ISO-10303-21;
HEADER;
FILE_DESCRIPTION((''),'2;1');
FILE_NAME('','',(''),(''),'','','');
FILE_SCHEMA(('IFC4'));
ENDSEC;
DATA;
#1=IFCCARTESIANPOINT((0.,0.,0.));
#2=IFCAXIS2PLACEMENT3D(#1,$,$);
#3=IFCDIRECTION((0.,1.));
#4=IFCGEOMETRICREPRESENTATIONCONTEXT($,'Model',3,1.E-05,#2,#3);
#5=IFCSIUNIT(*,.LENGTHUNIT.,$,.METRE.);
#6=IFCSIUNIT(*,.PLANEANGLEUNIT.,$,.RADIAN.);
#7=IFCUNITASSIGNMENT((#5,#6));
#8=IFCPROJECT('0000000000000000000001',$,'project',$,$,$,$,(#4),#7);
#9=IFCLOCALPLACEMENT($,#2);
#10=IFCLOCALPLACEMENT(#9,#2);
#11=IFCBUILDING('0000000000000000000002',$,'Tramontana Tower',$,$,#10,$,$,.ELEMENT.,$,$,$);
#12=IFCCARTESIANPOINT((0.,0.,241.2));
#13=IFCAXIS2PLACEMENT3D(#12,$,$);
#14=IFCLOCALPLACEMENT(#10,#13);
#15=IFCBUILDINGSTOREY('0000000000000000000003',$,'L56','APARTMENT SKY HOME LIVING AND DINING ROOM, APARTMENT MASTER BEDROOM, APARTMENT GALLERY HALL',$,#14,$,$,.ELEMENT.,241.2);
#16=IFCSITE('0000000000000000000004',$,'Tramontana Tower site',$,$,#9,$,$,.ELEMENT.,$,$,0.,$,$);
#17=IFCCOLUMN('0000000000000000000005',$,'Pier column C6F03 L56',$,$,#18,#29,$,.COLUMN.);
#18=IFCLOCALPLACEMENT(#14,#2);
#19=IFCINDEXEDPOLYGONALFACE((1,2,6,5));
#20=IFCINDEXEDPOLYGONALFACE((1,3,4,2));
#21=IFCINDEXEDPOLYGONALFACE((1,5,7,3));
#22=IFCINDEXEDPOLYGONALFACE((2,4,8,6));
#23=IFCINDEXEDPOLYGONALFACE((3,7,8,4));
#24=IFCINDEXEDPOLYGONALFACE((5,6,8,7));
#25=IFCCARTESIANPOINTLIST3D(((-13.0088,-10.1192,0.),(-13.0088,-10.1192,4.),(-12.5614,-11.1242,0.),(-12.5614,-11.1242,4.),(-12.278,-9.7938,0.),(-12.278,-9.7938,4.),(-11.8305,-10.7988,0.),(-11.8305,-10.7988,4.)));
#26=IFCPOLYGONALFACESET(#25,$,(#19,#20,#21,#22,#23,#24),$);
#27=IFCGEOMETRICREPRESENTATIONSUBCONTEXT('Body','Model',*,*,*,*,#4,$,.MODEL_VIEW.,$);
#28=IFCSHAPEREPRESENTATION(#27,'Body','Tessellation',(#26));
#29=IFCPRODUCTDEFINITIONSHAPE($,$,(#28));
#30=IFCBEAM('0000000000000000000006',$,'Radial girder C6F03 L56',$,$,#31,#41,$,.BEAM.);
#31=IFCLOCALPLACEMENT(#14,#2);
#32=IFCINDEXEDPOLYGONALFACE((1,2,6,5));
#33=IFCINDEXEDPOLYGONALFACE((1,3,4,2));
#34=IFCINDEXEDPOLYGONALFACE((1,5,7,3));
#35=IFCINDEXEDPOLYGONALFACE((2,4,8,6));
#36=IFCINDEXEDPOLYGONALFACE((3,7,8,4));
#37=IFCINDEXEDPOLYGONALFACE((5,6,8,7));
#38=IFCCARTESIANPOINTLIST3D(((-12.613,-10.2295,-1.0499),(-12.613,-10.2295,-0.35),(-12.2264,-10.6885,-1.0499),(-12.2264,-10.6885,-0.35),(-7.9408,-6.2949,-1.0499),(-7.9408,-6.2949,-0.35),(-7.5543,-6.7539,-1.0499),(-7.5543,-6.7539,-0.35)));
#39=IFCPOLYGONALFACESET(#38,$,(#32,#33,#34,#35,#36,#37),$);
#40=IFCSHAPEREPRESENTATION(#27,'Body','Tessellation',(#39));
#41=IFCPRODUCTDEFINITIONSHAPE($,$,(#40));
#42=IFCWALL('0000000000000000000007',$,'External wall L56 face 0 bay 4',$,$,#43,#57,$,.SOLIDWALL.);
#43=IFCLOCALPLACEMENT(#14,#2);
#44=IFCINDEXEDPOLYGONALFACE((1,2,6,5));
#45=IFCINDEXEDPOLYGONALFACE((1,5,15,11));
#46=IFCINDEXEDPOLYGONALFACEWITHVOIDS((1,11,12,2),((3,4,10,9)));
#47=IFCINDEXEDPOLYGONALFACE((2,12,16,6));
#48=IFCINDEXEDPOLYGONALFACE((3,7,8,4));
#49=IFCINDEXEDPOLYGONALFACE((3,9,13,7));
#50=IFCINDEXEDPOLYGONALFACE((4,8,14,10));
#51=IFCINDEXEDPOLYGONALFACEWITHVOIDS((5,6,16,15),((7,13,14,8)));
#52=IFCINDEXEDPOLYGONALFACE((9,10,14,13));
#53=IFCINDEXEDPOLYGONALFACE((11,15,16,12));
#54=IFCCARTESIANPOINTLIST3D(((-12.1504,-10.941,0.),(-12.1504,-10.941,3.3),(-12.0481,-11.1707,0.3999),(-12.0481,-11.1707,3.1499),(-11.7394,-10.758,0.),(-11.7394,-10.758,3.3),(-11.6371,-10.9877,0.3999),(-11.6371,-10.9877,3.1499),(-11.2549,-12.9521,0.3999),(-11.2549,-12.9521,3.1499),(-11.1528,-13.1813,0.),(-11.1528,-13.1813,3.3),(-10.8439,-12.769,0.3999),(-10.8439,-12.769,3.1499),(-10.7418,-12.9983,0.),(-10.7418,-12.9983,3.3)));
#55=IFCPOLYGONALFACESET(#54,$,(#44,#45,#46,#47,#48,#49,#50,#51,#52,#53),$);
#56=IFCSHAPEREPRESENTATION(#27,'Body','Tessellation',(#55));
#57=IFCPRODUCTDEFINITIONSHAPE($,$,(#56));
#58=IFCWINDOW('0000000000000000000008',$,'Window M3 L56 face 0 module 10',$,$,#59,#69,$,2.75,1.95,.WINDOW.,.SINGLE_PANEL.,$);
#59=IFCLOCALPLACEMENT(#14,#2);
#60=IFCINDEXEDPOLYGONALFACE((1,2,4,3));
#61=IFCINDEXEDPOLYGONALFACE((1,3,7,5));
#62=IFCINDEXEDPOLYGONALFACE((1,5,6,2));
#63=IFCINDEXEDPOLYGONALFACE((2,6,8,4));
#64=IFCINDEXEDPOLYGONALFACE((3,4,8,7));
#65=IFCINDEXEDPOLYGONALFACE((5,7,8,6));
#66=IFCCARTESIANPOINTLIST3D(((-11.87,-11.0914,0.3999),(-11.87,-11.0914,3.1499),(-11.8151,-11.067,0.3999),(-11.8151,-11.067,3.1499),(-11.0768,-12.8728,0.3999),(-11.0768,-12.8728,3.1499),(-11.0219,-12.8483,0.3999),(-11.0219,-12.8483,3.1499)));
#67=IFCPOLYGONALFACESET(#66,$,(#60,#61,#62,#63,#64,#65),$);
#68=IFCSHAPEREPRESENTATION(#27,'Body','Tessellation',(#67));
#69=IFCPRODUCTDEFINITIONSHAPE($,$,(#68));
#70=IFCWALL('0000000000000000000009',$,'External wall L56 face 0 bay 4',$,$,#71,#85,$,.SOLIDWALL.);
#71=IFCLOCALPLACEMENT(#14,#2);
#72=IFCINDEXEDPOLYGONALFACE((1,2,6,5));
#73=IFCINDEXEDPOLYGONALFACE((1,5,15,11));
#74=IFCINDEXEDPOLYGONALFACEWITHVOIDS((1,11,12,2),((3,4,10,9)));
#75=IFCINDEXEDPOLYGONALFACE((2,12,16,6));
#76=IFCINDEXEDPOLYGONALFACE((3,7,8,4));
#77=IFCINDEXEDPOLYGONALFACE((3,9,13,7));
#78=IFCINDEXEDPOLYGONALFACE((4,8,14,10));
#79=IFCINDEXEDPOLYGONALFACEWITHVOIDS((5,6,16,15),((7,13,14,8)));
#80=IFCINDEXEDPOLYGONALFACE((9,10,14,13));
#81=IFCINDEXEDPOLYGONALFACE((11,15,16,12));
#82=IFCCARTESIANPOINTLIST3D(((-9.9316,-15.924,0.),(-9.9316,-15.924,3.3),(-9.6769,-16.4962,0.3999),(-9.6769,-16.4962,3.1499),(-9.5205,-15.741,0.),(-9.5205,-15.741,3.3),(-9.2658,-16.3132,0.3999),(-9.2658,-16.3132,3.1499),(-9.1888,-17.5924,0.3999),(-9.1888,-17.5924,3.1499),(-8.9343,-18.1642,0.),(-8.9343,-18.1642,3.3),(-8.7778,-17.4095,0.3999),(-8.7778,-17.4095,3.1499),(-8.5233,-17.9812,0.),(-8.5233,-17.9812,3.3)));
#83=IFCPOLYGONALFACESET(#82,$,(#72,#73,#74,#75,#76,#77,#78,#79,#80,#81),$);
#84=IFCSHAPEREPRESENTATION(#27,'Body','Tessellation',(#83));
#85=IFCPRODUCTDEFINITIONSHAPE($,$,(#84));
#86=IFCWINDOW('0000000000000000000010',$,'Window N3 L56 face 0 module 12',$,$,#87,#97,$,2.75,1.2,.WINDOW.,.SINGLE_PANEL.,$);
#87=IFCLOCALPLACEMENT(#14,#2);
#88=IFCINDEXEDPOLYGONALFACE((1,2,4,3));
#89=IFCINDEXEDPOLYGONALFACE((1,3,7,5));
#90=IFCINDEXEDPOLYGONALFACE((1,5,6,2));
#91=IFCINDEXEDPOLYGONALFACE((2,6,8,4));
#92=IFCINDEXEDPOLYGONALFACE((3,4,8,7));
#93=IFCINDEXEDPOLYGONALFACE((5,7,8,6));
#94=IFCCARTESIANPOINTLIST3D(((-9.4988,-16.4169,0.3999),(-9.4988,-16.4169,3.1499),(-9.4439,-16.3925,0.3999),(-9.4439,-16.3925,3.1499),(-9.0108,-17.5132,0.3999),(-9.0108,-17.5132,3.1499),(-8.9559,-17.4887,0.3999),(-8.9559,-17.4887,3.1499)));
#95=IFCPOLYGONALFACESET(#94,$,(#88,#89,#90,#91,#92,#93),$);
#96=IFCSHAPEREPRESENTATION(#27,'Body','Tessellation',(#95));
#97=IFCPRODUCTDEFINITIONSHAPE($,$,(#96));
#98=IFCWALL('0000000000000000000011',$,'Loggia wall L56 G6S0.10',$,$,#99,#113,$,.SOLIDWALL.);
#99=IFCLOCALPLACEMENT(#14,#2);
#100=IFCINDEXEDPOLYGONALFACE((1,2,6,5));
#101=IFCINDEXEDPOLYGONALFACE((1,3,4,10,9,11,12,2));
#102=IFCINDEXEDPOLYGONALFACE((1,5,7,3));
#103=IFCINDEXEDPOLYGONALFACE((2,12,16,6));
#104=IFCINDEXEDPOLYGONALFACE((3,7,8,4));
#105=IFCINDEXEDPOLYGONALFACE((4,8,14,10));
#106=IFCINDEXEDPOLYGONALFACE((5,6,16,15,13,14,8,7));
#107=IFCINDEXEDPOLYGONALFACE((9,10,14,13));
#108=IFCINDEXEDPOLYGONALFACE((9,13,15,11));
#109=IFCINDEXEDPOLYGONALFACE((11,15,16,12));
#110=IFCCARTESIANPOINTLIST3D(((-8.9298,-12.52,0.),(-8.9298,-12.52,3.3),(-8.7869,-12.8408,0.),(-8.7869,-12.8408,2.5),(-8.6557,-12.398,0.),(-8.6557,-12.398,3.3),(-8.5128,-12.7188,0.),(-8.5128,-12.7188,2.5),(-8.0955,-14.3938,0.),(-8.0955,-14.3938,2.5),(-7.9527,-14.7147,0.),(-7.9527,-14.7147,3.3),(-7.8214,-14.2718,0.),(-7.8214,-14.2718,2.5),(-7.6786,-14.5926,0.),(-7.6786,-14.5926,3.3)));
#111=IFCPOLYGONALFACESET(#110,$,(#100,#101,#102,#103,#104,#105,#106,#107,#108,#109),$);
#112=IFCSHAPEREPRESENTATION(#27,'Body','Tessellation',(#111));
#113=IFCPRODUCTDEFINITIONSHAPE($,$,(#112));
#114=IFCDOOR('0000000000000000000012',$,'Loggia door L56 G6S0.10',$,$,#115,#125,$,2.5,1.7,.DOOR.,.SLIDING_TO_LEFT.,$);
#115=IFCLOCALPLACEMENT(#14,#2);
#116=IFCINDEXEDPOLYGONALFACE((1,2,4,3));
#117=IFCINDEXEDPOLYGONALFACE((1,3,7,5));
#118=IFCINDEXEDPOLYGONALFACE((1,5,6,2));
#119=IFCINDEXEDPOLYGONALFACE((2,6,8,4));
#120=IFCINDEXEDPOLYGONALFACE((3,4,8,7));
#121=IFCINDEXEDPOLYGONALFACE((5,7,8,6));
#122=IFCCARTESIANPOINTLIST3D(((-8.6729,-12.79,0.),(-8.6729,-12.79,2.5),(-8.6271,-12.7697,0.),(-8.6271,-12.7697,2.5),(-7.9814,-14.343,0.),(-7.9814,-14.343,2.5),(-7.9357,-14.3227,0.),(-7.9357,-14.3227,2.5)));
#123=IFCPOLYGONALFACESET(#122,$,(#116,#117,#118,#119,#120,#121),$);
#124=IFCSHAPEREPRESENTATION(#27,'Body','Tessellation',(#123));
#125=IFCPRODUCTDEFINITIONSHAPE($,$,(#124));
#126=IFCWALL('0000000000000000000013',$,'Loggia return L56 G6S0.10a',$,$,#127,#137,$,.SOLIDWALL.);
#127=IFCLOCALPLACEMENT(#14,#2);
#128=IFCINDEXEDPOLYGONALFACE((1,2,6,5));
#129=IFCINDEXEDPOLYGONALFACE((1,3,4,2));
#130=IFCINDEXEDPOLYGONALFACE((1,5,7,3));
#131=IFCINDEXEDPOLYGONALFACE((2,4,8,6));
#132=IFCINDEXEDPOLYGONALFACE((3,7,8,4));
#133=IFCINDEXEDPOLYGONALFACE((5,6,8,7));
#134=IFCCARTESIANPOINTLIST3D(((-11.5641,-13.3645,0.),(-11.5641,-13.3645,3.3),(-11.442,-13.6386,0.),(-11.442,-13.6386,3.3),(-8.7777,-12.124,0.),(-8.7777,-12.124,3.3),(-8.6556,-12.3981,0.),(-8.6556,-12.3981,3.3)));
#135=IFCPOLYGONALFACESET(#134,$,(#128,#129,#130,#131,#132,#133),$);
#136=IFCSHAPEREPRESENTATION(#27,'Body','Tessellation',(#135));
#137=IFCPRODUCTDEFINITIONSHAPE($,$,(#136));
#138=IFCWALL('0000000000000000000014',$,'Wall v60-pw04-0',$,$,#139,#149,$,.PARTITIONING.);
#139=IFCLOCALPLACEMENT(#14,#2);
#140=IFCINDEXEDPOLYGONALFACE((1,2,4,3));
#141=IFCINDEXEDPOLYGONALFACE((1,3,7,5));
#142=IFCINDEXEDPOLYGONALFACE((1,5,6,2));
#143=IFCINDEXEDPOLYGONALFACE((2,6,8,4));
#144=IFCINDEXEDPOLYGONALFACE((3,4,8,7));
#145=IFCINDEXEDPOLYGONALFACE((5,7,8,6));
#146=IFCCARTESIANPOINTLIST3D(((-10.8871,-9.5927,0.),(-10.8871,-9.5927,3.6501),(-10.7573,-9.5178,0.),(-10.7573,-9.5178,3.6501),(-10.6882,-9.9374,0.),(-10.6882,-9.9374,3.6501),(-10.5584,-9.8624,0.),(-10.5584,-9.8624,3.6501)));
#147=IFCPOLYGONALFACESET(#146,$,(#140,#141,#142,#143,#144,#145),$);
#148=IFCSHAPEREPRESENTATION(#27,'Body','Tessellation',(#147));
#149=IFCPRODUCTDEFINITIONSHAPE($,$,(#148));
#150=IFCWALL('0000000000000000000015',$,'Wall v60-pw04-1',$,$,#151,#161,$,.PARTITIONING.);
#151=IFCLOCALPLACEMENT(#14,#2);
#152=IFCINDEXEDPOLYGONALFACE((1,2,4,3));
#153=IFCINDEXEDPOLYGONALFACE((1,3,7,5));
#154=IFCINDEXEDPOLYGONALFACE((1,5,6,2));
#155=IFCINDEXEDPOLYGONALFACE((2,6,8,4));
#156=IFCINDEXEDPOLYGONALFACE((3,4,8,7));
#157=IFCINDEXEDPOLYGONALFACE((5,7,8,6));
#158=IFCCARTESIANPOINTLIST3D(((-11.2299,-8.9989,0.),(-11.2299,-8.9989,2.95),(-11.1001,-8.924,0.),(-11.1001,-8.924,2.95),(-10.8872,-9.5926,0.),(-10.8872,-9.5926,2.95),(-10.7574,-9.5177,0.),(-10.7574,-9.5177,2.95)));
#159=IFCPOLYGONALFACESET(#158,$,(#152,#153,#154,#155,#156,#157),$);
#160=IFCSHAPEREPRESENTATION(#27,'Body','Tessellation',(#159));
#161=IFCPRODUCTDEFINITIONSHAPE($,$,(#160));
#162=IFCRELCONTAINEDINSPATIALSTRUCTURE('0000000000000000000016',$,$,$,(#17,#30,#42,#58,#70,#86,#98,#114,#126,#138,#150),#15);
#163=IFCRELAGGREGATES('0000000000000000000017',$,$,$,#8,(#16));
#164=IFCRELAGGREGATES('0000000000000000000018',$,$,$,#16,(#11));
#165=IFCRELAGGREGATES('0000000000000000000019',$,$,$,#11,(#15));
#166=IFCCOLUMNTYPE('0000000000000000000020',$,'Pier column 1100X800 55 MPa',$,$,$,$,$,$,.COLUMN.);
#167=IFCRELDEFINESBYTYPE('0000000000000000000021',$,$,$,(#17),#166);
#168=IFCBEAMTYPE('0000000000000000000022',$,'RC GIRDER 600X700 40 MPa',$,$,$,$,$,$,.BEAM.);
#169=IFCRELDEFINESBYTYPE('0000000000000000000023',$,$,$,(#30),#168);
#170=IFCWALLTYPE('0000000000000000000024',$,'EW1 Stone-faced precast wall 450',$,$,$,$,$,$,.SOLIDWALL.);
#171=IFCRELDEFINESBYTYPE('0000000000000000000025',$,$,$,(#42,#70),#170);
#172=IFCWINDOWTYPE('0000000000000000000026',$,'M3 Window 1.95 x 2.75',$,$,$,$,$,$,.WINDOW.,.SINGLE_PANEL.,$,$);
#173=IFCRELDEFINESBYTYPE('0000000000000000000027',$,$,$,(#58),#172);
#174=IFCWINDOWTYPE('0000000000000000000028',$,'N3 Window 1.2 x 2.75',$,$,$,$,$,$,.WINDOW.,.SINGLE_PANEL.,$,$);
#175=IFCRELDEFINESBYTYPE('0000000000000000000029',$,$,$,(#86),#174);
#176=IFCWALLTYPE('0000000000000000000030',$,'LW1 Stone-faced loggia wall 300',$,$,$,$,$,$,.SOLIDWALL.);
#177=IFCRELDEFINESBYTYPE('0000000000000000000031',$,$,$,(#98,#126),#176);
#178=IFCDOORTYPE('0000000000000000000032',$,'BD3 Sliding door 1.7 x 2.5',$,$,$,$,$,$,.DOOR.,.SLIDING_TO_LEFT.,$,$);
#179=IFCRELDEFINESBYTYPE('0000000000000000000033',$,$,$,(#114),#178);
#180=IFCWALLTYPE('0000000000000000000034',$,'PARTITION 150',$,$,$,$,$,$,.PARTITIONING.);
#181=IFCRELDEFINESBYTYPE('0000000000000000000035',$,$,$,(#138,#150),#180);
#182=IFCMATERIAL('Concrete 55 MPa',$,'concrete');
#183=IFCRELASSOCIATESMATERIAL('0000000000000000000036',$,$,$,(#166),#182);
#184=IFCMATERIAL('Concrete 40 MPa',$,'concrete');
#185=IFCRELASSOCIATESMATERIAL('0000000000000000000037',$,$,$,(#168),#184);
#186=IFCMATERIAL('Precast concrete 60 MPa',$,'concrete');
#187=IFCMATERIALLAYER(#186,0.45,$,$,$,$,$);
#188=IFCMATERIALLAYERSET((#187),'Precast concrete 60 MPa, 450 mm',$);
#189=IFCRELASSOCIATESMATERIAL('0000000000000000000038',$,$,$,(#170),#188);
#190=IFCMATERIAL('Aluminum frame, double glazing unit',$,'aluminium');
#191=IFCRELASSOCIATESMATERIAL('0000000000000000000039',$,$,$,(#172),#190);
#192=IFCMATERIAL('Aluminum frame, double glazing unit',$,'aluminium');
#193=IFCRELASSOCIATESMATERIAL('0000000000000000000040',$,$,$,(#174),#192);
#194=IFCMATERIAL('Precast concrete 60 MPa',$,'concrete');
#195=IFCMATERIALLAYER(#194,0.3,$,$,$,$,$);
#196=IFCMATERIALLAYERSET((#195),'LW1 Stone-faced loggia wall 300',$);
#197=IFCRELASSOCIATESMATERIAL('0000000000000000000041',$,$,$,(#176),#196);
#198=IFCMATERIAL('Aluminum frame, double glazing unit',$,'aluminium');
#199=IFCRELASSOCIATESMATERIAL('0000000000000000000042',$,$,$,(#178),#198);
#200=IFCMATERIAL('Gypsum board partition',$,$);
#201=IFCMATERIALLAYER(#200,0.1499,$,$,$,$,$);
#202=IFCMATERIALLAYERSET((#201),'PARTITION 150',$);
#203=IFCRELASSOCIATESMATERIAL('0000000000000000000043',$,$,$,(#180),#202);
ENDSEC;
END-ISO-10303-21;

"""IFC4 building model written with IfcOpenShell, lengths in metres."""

from ifc_helpers import new_model, si_unit, direction, frame, frame_2d, origin, origin_2d, place, context, subcontext, project, spatial, rectangle, extrude, material, layer, layer_set, material_profile, profile_set, type_object, element, fill, save


model = new_model("IFC4")

# Units and contexts
model_context = context("Model", 3, precision=1e-05, world=origin(), true_north=direction((0.0, 1.0)))
body_context = subcontext(model_context, "Body", "Model", "MODEL_VIEW")
ifc_project = project(units=[si_unit("LENGTHUNIT", "METRE"), si_unit("PLANEANGLEUNIT", "RADIAN")], contexts=[model_context])

# Site, building, storey
site_placement = place(None, origin())
site = spatial("IfcSite", under=ifc_project, at=site_placement, Name="Tramontana Tower site", CompositionType="ELEMENT", RefElevation=0.0)
building_placement = place(site_placement, origin())
building = spatial("IfcBuilding", under=site, at=building_placement, Name="Tramontana Tower", CompositionType="ELEMENT")
storey_placement = place(building_placement, frame((0.0, 0.0, 241.2)))
storey = spatial("IfcBuildingStorey", under=building, at=storey_placement, Name="L56", Description="APARTMENT SKY HOME LIVING AND DINING ROOM, APARTMENT MASTER BEDROOM, APARTMENT GALLERY HALL", CompositionType="ELEMENT", Elevation=241.2)

# Column
ifc_material_1 = material(Name="Concrete 55 MPa", Category="concrete")
ifc_material_profile_1 = material_profile(ifc_material_1, rectangle(XDim=1.1001, YDim=0.8, at=origin_2d()), Name="Pier column 1100X800 55 MPa")
ifc_profile_set_1 = profile_set([ifc_material_profile_1], Name="Concrete 55 MPa")
column_type = type_object("IfcColumnType", Name="Pier column 1100X800 55 MPa", PredefinedType="COLUMN", material=ifc_profile_set_1)
column_placement = place(storey_placement, frame((-12.4197, -10.459, 0.0), z_axis=(0.0, 0.0, 1.0), x_axis=(0.406737, -0.913545, 0.0)))
element("IfcColumn", 1, at=column_placement, inside=storey, type_object=column_type, Name="Pier column C6F03 L56", PredefinedType="COLUMN", context=body_context, shape_type="SweptSolid", body=[
    extrude(rectangle(XDim=1.1001, YDim=0.8, at=origin_2d()), origin(), (0.0, 0.0, 1.0), 4.0),
])

# Beam
ifc_material_2 = material(Name="Concrete 40 MPa", Category="concrete")
ifc_material_profile_2 = material_profile(ifc_material_2, rectangle(XDim=0.6001, YDim=0.7, at=origin_2d()), Name="RC GIRDER 600X700 40 MPa")
ifc_profile_set_2 = profile_set([ifc_material_profile_2], Name="Concrete 40 MPa")
beam_type = type_object("IfcBeamType", Name="RC GIRDER 600X700 40 MPa", PredefinedType="BEAM", material=ifc_profile_set_2)
beam_placement = place(storey_placement, frame((-12.4197, -10.459, -0.7), z_axis=(0.764899, 0.644151, 0.0), x_axis=(-0.644151, 0.764899, 0.0)))
element("IfcBeam", 2, at=beam_placement, inside=storey, type_object=beam_type, Name="Radial girder C6F03 L56", PredefinedType="BEAM", context=body_context, shape_type="SweptSolid", body=[
    extrude(rectangle(XDim=0.6001, YDim=0.7, at=origin_2d()), origin(), (0.0, 0.0, 1.0), 6.1082),
])

# Walls, openings, windows
ifc_material_3 = material(Name="Precast concrete 60 MPa", Category="concrete")
ifc_layer_1 = layer(ifc_material_3, 0.45)
ifc_layer_set_1 = layer_set([ifc_layer_1], Name="Precast concrete 60 MPa, 450 mm")
wall_type_1 = type_object("IfcWallType", Name="EW1 Stone-faced precast wall 450", PredefinedType="SOLIDWALL", material=ifc_layer_set_1)
wall_1_placement = place(storey_placement, frame((-11.9448, -10.8496, 0.0), z_axis=(0.0, 0.0, 1.0), x_axis=(0.406785, -0.913524, 0.0)))
wall_1 = element("IfcWall", 3, at=wall_1_placement, inside=storey, type_object=wall_type_1, Name="External wall L56 face 0 bay 4", PredefinedType="SOLIDWALL", context=body_context, shape_type="SweptSolid", body=[
    extrude(rectangle(XDim=2.4524, YDim=0.45, at=frame_2d((1.2261, 0.0))), origin(), (0.0, 0.0, 1.0), 3.3),
])
opening_1_placement = place(wall_1_placement, frame((0.2512, 0.0, 0.3999)))
opening_1 = element("IfcOpeningElement", 4, at=opening_1_placement, cuts=wall_1, PredefinedType="OPENING", context=body_context, shape_type="SweptSolid", body=[
    extrude(rectangle(XDim=1.95, YDim=2.75, at=frame_2d((0.9751, 1.375))), frame((0.0, 0.2349, 0.0), z_axis=(0.0, -1.0, 0.0), x_axis=(1.0, 0.0, 0.0)), (0.0, 0.0, 1.0), 0.47),
])
ifc_material_4 = material(Name="Aluminum frame, double glazing unit", Category="aluminium")
window_type_1 = type_object("IfcWindowType", Name="M3 Window 1.95 x 2.75", PartitioningType="SINGLE_PANEL", PredefinedType="WINDOW", material=ifc_material_4)
window_1_placement = place(opening_1_placement, origin())
window_1 = element("IfcWindow", 5, at=window_1_placement, inside=storey, type_object=window_type_1, Name="Window M3 L56 face 0 module 10", OverallHeight=2.75, OverallWidth=1.95, PartitioningType="SINGLE_PANEL", PredefinedType="WINDOW", context=body_context, shape_type="SweptSolid", body=[
    extrude(rectangle(XDim=1.95, YDim=2.75, at=frame_2d((0.9751, 1.375))), frame((0.0, 0.03, 0.0), z_axis=(0.0, -1.0, 0.0), x_axis=(1.0, 0.0, 0.0)), (0.0, 0.0, 1.0), 0.0601),
])
fill(opening_1, window_1)
wall_2_placement = place(storey_placement, frame((-9.7261, -15.8325, 0.0), z_axis=(0.0, 0.0, 1.0), x_axis=(0.406702, -0.913561, 0.0)))
wall_2 = element("IfcWall", 6, at=wall_2_placement, inside=storey, type_object=wall_type_1, Name="External wall L56 face 0 bay 4", PredefinedType="SOLIDWALL", context=body_context, shape_type="SweptSolid", body=[
    extrude(rectangle(XDim=2.4521, YDim=0.45, at=frame_2d((1.2261, 0.0))), origin(), (0.0, 0.0, 1.0), 3.3),
])
opening_2_placement = place(wall_2_placement, frame((0.6262, 0.0, 0.3999)))
opening_2 = element("IfcOpeningElement", 7, at=opening_2_placement, cuts=wall_2, PredefinedType="OPENING", context=body_context, shape_type="SweptSolid", body=[
    extrude(rectangle(XDim=1.2, YDim=2.75, at=frame_2d((0.6001, 1.375))), frame((0.0, 0.2349, 0.0), z_axis=(0.0, -1.0, 0.0), x_axis=(1.0, 0.0, 0.0)), (0.0, 0.0, 1.0), 0.47),
])
ifc_material_5 = material(Name="Aluminum frame, double glazing unit", Category="aluminium")
window_type_2 = type_object("IfcWindowType", Name="N3 Window 1.2 x 2.75", PartitioningType="SINGLE_PANEL", PredefinedType="WINDOW", material=ifc_material_5)
window_2_placement = place(opening_2_placement, origin())
window_2 = element("IfcWindow", 8, at=window_2_placement, inside=storey, type_object=window_type_2, Name="Window N3 L56 face 0 module 12", OverallHeight=2.75, OverallWidth=1.2, PartitioningType="SINGLE_PANEL", PredefinedType="WINDOW", context=body_context, shape_type="SweptSolid", body=[
    extrude(rectangle(XDim=1.2, YDim=2.75, at=frame_2d((0.6001, 1.375))), frame((0.0, 0.03, 0.0), z_axis=(0.0, -1.0, 0.0), x_axis=(1.0, 0.0, 0.0)), (0.0, 0.0, 1.0), 0.0601),
])
fill(opening_2, window_2)

# Wall, opening, door
ifc_material_6 = material(Name="Precast concrete 60 MPa", Category="concrete")
ifc_layer_2 = layer(ifc_material_6, 0.3)
ifc_layer_set_2 = layer_set([ifc_layer_2], Name="LW1 Stone-faced loggia wall 300")
wall_type_2 = type_object("IfcWallType", Name="LW1 Stone-faced loggia wall 300", PredefinedType="SOLIDWALL", material=ifc_layer_set_2)
wall_3_placement = place(storey_placement, frame((-8.7927, -12.459, 0.0), z_axis=(0.0, 0.0, 1.0), x_axis=(0.406723, -0.913552, 0.0)))
wall_3 = element("IfcWall", 9, at=wall_3_placement, inside=storey, type_object=wall_type_2, Name="Loggia wall L56 G6S0.10", PredefinedType="SOLIDWALL", context=body_context, shape_type="SweptSolid", body=[
    extrude(rectangle(XDim=2.4023, YDim=0.3, at=frame_2d((1.2012, 0.0))), origin(), (0.0, 0.0, 1.0), 3.3),
])
opening_3_placement = place(wall_3_placement, frame((0.3511, 0.0, 0.0)))
opening_3 = element("IfcOpeningElement", 10, at=opening_3_placement, cuts=wall_3, PredefinedType="OPENING", context=body_context, shape_type="SweptSolid", body=[
    extrude(rectangle(XDim=1.7, YDim=2.5, at=frame_2d((0.8501, 1.25))), frame((0.0, 0.1599, 0.0), z_axis=(0.0, -1.0, 0.0), x_axis=(1.0, 0.0, 0.0)), (0.0, 0.0, 1.0), 0.3201),
])
ifc_material_7 = material(Name="Aluminum frame, double glazing unit", Category="aluminium")
door_type_1 = type_object("IfcDoorType", Name="BD3 Sliding door 1.7 x 2.5", OperationType="SLIDING_TO_LEFT", PredefinedType="DOOR", material=ifc_material_7)
door_1_placement = place(opening_3_placement, origin())
door_1 = element("IfcDoor", 11, at=door_1_placement, inside=storey, type_object=door_type_1, Name="Loggia door L56 G6S0.10", OperationType="SLIDING_TO_LEFT", OverallHeight=2.5, OverallWidth=1.7, PredefinedType="DOOR", context=body_context, shape_type="SweptSolid", body=[
    extrude(rectangle(XDim=1.7, YDim=2.5, at=frame_2d((0.8501, 1.25))), frame((0.0, 0.0249, 0.0), z_axis=(0.0, -1.0, 0.0), x_axis=(1.0, 0.0, 0.0)), (0.0, 0.0, 1.0), 0.05),
])
fill(opening_3, door_1)

# Walls
wall_4_placement = place(storey_placement, frame((-11.5029, -13.5015, 0.0), z_axis=(0.0, 0.0, 1.0), x_axis=(0.913557, 0.40671, 0.0)))
element("IfcWall", 12, at=wall_4_placement, inside=storey, type_object=wall_type_2, Name="Loggia return L56 G6S0.10a", PredefinedType="SOLIDWALL", context=body_context, shape_type="SweptSolid", body=[
    extrude(rectangle(XDim=3.05, YDim=0.3, at=frame_2d((1.5249, 0.0))), origin(), (0.0, 0.0, 1.0), 3.3),
])
ifc_material_8 = material(Name="Gypsum board partition")
ifc_layer_3 = layer(ifc_material_8, 0.1499)
ifc_layer_set_3 = layer_set([ifc_layer_3], Name="PARTITION 150")
wall_type_3 = type_object("IfcWallType", Name="PARTITION 150", PredefinedType="PARTITIONING", material=ifc_layer_set_3)
wall_5_placement = place(storey_placement, frame((-10.6233, -9.8999, 0.0), z_axis=(0.0, 0.0, 1.0), x_axis=(-0.499899, 0.866083, 0.0)))
element("IfcWall", 13, at=wall_5_placement, inside=storey, type_object=wall_type_3, Name="Wall v60-pw04-0", PredefinedType="PARTITIONING", context=body_context, shape_type="SweptSolid", body=[
    extrude(rectangle(XDim=0.3979, YDim=0.1499, at=frame_2d((0.199, 0.0))), origin(), (0.0, 0.0, 1.0), 3.6501),
])
wall_6_placement = place(storey_placement, frame((-10.8223, -9.5552, 0.0), z_axis=(0.0, 0.0, 1.0), x_axis=(-0.499969, 0.866043, 0.0)))
element("IfcWall", 14, at=wall_6_placement, inside=storey, type_object=wall_type_3, Name="Wall v60-pw04-1", PredefinedType="PARTITIONING", context=body_context, shape_type="SweptSolid", body=[
    extrude(rectangle(XDim=0.6855, YDim=0.1499, at=frame_2d((0.3428, 0.0))), origin(), (0.0, 0.0, 1.0), 2.95),
])

save(model, "model.ifc")
